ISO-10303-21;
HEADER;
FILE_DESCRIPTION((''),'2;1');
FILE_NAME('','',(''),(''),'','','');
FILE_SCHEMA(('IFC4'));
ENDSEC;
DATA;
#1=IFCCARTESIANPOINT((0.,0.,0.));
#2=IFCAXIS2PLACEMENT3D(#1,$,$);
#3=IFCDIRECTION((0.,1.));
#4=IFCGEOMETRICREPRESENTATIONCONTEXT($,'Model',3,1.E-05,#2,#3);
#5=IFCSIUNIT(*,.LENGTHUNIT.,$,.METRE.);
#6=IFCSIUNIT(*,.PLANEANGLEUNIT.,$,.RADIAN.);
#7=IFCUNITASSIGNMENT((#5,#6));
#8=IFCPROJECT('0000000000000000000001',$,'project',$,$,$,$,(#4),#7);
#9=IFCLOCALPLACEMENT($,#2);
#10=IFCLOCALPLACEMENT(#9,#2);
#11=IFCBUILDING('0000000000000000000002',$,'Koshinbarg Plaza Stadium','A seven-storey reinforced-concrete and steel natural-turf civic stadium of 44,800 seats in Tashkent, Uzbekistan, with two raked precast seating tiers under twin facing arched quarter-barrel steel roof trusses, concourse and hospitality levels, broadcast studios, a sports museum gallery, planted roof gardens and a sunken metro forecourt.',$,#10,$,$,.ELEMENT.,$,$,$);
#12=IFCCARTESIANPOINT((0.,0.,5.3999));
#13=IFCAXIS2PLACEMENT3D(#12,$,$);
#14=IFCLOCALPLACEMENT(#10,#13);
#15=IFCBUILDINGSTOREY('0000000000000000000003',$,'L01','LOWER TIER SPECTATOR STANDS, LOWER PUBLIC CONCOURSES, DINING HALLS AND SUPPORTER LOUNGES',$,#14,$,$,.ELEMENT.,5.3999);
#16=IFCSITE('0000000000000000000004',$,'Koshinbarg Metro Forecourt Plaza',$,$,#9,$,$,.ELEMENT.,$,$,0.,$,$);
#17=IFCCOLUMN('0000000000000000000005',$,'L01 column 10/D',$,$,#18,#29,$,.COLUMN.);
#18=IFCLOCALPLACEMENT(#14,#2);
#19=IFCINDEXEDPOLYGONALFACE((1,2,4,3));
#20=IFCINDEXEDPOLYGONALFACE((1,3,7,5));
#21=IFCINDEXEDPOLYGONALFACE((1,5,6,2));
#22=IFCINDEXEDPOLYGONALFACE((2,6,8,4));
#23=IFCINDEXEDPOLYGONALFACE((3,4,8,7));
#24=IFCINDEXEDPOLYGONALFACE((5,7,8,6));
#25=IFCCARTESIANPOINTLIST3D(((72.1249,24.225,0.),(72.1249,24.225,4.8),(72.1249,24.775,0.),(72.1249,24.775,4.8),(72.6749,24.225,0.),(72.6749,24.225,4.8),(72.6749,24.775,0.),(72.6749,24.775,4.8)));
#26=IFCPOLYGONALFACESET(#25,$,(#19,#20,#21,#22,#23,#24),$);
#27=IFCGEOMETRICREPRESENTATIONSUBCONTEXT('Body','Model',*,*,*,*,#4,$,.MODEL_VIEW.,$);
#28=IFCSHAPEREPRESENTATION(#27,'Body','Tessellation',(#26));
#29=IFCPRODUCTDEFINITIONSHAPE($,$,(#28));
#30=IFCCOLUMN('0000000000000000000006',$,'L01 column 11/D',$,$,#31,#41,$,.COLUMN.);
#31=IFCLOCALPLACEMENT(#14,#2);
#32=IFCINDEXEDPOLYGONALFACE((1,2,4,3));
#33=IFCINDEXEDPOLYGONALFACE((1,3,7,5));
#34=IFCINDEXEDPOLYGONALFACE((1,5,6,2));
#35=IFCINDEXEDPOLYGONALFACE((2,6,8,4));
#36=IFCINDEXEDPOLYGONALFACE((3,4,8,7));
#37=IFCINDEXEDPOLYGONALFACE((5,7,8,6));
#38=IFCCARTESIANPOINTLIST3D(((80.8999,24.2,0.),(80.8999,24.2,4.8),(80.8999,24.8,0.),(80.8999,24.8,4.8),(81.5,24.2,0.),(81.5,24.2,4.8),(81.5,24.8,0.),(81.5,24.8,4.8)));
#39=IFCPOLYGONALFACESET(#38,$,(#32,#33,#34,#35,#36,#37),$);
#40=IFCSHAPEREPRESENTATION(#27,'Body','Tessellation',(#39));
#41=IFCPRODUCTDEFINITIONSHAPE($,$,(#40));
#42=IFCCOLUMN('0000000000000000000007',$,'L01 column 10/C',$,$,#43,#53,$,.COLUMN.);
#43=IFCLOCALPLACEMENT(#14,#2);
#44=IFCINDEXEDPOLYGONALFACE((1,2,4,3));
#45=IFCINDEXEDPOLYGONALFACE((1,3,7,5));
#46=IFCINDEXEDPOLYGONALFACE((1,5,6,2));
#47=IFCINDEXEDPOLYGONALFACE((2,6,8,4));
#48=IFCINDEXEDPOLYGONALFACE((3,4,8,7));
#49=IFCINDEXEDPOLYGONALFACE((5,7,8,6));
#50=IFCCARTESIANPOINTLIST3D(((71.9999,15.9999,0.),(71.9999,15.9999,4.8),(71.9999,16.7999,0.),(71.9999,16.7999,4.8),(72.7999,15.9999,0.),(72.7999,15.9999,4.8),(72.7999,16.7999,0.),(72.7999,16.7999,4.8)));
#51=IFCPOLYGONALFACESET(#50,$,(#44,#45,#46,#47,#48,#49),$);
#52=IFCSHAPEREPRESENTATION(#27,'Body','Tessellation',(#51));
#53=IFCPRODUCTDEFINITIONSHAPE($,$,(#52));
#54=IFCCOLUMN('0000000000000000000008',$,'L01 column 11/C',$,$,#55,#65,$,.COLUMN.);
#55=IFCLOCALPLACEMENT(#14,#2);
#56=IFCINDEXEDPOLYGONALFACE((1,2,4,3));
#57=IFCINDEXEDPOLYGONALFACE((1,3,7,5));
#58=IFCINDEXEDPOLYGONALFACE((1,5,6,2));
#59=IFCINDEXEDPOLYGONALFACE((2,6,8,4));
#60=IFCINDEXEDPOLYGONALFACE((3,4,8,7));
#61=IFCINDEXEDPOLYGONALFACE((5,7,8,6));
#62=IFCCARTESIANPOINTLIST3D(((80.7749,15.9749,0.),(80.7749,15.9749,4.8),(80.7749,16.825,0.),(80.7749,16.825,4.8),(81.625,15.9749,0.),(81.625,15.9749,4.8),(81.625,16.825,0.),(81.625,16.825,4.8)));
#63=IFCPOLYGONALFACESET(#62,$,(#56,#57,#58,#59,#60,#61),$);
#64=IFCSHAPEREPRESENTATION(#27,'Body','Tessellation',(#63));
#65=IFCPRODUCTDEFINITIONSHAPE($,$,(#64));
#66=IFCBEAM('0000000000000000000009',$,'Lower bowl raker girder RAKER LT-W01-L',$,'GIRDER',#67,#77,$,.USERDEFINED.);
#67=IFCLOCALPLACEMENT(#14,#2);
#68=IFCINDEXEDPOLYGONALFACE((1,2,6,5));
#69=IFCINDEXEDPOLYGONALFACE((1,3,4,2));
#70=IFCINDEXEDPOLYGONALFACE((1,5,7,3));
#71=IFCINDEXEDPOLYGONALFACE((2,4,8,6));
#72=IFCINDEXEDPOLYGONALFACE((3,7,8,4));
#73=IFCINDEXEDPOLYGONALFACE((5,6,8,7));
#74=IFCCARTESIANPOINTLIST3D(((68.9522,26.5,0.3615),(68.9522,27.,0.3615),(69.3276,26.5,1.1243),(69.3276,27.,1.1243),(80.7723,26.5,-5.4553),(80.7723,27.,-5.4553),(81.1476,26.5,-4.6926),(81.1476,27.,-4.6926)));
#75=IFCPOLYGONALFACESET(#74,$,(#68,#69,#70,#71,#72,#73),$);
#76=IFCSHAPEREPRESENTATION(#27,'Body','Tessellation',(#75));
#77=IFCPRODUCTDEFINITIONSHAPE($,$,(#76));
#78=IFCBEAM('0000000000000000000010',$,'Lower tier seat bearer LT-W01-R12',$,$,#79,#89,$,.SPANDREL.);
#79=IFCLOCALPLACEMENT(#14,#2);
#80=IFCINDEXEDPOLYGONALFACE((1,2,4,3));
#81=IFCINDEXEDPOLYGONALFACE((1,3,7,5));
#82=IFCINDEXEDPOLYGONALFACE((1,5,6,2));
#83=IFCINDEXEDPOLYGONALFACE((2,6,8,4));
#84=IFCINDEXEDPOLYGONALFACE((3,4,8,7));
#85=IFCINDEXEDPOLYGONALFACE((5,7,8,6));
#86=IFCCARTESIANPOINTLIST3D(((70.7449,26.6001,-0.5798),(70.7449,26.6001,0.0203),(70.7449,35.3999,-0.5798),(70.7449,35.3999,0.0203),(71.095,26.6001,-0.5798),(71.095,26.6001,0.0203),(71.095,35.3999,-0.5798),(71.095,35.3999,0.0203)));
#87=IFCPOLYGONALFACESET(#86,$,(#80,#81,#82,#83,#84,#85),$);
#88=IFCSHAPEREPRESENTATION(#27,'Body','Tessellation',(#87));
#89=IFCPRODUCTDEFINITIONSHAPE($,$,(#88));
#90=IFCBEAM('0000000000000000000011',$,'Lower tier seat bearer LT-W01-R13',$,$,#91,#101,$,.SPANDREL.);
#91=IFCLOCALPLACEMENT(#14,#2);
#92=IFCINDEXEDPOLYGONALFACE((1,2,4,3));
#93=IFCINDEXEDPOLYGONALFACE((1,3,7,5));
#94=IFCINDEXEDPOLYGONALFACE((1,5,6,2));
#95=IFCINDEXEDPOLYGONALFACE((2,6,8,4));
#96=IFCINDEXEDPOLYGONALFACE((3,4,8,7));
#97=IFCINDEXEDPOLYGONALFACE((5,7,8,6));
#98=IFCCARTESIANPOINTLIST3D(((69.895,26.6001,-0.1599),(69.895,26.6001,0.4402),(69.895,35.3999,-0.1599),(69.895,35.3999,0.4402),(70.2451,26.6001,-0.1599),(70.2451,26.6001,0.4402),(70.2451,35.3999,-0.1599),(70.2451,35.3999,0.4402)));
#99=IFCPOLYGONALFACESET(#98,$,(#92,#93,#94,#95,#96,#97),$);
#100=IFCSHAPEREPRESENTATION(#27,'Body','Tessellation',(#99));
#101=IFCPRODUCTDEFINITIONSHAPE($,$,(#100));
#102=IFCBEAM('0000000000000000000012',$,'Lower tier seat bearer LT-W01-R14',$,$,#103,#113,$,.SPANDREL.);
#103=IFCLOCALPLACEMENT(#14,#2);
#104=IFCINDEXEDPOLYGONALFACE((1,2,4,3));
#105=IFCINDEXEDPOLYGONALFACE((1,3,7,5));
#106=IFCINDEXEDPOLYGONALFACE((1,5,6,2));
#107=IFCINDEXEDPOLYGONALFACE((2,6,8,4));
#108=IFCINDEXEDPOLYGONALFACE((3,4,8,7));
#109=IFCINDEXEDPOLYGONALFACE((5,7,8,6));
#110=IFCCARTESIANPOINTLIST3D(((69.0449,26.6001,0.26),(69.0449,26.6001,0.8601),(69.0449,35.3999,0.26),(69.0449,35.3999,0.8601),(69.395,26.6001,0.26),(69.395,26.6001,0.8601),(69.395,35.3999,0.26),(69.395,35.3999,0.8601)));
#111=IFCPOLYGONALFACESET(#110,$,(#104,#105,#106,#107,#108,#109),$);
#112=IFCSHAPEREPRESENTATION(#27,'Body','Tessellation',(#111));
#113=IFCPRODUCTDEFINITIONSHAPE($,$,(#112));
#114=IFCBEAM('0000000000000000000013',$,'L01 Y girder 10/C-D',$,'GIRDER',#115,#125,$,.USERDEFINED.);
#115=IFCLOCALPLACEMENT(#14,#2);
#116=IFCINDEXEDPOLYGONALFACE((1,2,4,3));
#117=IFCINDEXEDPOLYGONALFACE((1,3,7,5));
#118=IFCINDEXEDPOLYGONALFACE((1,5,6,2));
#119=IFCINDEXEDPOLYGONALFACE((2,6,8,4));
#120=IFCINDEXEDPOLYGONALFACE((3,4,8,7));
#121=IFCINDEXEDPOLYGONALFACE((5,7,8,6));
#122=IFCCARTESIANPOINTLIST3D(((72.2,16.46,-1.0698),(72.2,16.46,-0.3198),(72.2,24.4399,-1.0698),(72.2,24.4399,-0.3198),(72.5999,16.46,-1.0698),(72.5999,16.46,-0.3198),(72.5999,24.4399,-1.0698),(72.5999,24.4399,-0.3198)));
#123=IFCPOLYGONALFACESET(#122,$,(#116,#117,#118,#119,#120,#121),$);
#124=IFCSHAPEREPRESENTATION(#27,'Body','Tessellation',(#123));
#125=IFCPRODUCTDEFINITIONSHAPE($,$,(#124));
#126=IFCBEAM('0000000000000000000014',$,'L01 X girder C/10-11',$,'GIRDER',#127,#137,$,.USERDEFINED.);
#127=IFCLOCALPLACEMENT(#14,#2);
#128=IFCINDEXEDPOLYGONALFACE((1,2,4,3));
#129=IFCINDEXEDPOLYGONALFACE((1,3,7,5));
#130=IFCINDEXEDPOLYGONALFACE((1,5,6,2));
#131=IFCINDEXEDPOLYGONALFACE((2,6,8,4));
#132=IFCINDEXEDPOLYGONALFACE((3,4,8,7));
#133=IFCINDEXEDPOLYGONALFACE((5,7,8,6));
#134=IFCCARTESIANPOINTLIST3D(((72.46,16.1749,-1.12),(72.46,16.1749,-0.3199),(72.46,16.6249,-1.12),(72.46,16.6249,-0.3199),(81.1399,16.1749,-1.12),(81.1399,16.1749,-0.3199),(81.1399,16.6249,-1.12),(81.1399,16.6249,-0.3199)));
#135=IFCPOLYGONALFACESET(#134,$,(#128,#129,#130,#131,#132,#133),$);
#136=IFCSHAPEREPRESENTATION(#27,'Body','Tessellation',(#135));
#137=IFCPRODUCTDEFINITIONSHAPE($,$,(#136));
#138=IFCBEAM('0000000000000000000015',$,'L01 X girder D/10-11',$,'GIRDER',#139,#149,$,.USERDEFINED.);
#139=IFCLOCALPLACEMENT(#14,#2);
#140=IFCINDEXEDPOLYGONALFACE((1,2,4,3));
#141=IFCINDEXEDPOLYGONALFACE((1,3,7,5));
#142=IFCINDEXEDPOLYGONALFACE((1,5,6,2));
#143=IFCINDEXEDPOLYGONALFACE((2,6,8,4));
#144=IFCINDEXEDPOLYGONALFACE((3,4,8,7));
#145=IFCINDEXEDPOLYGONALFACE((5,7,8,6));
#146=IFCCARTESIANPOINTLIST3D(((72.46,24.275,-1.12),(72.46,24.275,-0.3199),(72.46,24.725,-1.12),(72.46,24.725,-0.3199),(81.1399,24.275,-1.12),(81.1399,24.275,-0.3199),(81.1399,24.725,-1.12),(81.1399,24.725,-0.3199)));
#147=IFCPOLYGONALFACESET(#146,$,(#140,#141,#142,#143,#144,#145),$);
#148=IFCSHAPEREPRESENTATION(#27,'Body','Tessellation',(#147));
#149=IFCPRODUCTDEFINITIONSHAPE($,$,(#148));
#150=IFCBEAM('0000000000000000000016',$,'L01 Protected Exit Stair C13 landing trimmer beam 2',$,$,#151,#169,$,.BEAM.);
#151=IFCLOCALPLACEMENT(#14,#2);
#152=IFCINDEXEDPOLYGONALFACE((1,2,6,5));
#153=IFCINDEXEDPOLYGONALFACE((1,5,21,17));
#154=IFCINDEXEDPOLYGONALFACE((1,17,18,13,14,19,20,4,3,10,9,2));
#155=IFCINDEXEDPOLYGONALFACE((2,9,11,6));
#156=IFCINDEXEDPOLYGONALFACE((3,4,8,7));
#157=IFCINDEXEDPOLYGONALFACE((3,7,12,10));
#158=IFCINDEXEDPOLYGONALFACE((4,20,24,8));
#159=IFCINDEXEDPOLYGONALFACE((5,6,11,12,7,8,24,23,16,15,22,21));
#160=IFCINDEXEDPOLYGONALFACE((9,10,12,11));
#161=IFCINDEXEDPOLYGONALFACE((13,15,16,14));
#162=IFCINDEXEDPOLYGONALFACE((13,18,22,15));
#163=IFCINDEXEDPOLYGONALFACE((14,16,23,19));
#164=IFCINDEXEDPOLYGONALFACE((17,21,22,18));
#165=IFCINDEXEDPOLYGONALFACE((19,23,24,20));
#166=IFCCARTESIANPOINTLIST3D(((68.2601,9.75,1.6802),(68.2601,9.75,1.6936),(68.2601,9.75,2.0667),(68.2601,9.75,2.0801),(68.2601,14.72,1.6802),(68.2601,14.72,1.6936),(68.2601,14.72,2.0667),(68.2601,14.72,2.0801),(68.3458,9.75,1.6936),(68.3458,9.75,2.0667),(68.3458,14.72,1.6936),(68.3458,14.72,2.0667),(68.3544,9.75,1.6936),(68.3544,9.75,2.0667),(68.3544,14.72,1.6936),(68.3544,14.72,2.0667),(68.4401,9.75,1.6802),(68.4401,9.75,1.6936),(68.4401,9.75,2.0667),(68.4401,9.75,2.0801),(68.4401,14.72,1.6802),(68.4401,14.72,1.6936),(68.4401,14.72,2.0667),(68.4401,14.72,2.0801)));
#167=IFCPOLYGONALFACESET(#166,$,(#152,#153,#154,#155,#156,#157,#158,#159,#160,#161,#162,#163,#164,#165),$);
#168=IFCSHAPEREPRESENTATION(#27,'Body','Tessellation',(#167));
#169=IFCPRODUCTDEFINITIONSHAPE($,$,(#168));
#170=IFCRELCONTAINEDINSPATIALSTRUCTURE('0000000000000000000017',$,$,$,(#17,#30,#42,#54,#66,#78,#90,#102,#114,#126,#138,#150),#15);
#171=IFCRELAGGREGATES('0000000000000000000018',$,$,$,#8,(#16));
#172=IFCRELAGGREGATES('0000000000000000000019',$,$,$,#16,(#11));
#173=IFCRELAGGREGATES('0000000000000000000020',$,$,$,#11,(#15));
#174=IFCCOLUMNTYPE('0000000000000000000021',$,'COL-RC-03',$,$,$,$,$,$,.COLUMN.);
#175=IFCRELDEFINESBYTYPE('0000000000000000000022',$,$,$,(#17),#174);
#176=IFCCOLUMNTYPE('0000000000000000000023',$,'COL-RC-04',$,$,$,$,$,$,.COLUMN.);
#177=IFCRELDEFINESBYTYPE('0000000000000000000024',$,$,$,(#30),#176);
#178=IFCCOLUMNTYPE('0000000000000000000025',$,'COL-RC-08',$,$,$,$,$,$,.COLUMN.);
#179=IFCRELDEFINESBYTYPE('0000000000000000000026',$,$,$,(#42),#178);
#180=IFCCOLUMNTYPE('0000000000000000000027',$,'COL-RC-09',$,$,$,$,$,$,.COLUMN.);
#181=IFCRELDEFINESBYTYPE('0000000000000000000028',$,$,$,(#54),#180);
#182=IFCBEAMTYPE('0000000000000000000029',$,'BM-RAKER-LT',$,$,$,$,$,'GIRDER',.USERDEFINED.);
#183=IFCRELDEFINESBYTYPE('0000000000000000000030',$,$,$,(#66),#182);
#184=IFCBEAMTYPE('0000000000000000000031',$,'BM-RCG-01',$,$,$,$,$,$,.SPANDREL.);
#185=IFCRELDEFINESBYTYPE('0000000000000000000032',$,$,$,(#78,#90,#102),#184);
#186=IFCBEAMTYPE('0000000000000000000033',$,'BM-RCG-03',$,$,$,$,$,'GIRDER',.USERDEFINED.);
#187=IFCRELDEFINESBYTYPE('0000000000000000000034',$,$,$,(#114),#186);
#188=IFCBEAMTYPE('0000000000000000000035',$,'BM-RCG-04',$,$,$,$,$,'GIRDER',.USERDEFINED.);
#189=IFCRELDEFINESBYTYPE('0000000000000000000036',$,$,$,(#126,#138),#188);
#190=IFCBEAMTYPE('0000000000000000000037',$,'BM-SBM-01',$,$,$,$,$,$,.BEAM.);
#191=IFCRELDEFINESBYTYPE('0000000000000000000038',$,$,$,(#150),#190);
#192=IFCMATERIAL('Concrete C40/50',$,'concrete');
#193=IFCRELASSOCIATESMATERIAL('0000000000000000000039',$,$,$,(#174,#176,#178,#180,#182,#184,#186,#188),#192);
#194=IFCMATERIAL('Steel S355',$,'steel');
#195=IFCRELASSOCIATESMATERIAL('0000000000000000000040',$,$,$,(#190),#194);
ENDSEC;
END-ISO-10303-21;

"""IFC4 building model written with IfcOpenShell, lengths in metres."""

from ifc_helpers import new_model, si_unit, direction, frame, origin, origin_2d, place, context, subcontext, project, spatial, rectangle, i_section, extrude, material, material_profile, profile_set, type_object, element, save


model = new_model("IFC4")

# Units and contexts
model_context = context("Model", 3, precision=1e-05, world=origin(), true_north=direction((0.0, 1.0)))
body_context = subcontext(model_context, "Body", "Model", "MODEL_VIEW")
ifc_project = project(units=[si_unit("LENGTHUNIT", "METRE"), si_unit("PLANEANGLEUNIT", "RADIAN")], contexts=[model_context])

# Site, building, storey
site_placement = place(None, origin())
site = spatial("IfcSite", under=ifc_project, at=site_placement, Name="Koshinbarg Metro Forecourt Plaza", CompositionType="ELEMENT", RefElevation=0.0)
building_placement = place(site_placement, origin())
building = spatial("IfcBuilding", under=site, at=building_placement, Name="Koshinbarg Plaza Stadium", Description="A seven-storey reinforced-concrete and steel natural-turf civic stadium of 44,800 seats in Tashkent, Uzbekistan, with two raked precast seating tiers under twin facing arched quarter-barrel steel roof trusses, concourse and hospitality levels, broadcast studios, a sports museum gallery, planted roof gardens and a sunken metro forecourt.", CompositionType="ELEMENT")
storey_placement = place(building_placement, frame((0.0, 0.0, 5.3999)))
storey = spatial("IfcBuildingStorey", under=building, at=storey_placement, Name="L01", Description="LOWER TIER SPECTATOR STANDS, LOWER PUBLIC CONCOURSES, DINING HALLS AND SUPPORTER LOUNGES", CompositionType="ELEMENT", Elevation=5.3999)

# Columns
ifc_material_1 = material(Name="Concrete C40/50", Category="concrete")
ifc_material_profile_1 = material_profile(ifc_material_1, rectangle(XDim=0.55, YDim=0.55, at=origin_2d()), Name="RC 550x550")
ifc_profile_set_1 = profile_set([ifc_material_profile_1], Name="Concrete C40/50")
column_type_1 = type_object("IfcColumnType", Name="COL-RC-03", PredefinedType="COLUMN", material=ifc_profile_set_1)
column_1_placement = place(storey_placement, frame((72.3999, 24.5, 0.0), z_axis=(0.0, 0.0, 1.0), x_axis=(1.0, 0.0, 0.0)))
element("IfcColumn", 1, at=column_1_placement, inside=storey, type_object=column_type_1, Name="L01 column 10/D", PredefinedType="COLUMN", context=body_context, shape_type="SweptSolid", body=[
    extrude(rectangle(XDim=0.55, YDim=0.55, at=origin_2d()), origin(), (0.0, 0.0, 1.0), 4.8),
])
ifc_material_profile_2 = material_profile(ifc_material_1, rectangle(XDim=0.6001, YDim=0.6001, at=origin_2d()), Name="RC 600x600")
ifc_profile_set_2 = profile_set([ifc_material_profile_2], Name="Concrete C40/50")
column_type_2 = type_object("IfcColumnType", Name="COL-RC-04", PredefinedType="COLUMN", material=ifc_profile_set_2)
column_2_placement = place(storey_placement, frame((81.2, 24.5, 0.0), z_axis=(0.0, 0.0, 1.0), x_axis=(1.0, 0.0, 0.0)))
element("IfcColumn", 2, at=column_2_placement, inside=storey, type_object=column_type_2, Name="L01 column 11/D", PredefinedType="COLUMN", context=body_context, shape_type="SweptSolid", body=[
    extrude(rectangle(XDim=0.6001, YDim=0.6001, at=origin_2d()), origin(), (0.0, 0.0, 1.0), 4.8),
])
ifc_material_profile_3 = material_profile(ifc_material_1, rectangle(XDim=0.8, YDim=0.8, at=origin_2d()), Name="RC 800x800")
ifc_profile_set_3 = profile_set([ifc_material_profile_3], Name="Concrete C40/50")
column_type_3 = type_object("IfcColumnType", Name="COL-RC-08", PredefinedType="COLUMN", material=ifc_profile_set_3)
column_3_placement = place(storey_placement, frame((72.3999, 16.3999, 0.0), z_axis=(0.0, 0.0, 1.0), x_axis=(1.0, 0.0, 0.0)))
element("IfcColumn", 3, at=column_3_placement, inside=storey, type_object=column_type_3, Name="L01 column 10/C", PredefinedType="COLUMN", context=body_context, shape_type="SweptSolid", body=[
    extrude(rectangle(XDim=0.8, YDim=0.8, at=origin_2d()), origin(), (0.0, 0.0, 1.0), 4.8),
])
ifc_material_profile_4 = material_profile(ifc_material_1, rectangle(XDim=0.8501, YDim=0.8501, at=origin_2d()), Name="RC 850x850")
ifc_profile_set_4 = profile_set([ifc_material_profile_4], Name="Concrete C40/50")
column_type_4 = type_object("IfcColumnType", Name="COL-RC-09", PredefinedType="COLUMN", material=ifc_profile_set_4)
column_4_placement = place(storey_placement, frame((81.2, 16.3999, 0.0), z_axis=(0.0, 0.0, 1.0), x_axis=(1.0, 0.0, 0.0)))
element("IfcColumn", 4, at=column_4_placement, inside=storey, type_object=column_type_4, Name="L01 column 11/C", PredefinedType="COLUMN", context=body_context, shape_type="SweptSolid", body=[
    extrude(rectangle(XDim=0.8501, YDim=0.8501, at=origin_2d()), origin(), (0.0, 0.0, 1.0), 4.8),
])

# Beams
ifc_material_profile_5 = material_profile(ifc_material_1, rectangle(XDim=0.5, YDim=0.8501, at=origin_2d()), Name="RC 500x850")
ifc_profile_set_5 = profile_set([ifc_material_profile_5], Name="Concrete C40/50")
beam_type_1 = type_object("IfcBeamType", Name="BM-RAKER-LT", ElementType="GIRDER", PredefinedType="USERDEFINED", material=ifc_profile_set_5)
beam_1_placement = place(storey_placement, frame((80.96, 26.75, -5.074), z_axis=(-0.897237, 0.0, 0.441549), x_axis=(0.0, -1.0, 0.0)))
element("IfcBeam", 5, at=beam_1_placement, inside=storey, type_object=beam_type_1, Name="Lower bowl raker girder RAKER LT-W01-L", ObjectType="GIRDER", PredefinedType="USERDEFINED", context=body_context, shape_type="SweptSolid", body=[
    extrude(rectangle(XDim=0.5, YDim=0.8501, at=origin_2d()), origin(), (0.0, 0.0, 1.0), 13.1738),
])
ifc_material_profile_6 = material_profile(ifc_material_1, rectangle(XDim=0.3501, YDim=0.6001, at=origin_2d()), Name="RC 350x600")
ifc_profile_set_6 = profile_set([ifc_material_profile_6], Name="Concrete C40/50")
beam_type_2 = type_object("IfcBeamType", Name="BM-RCG-01", PredefinedType="SPANDREL", material=ifc_profile_set_6)
for number, where, z_axis, x_axis, name in (
    (6, (70.9199, 26.6001, -0.2798), (0.0, 1.0, 0.0), (-1.0, 0.0, 0.0), "Lower tier seat bearer LT-W01-R12"),
    (7, (70.0701, 26.6001, 0.1401), (0.0, 1.0, 0.0), (-1.0, 0.0, 0.0), "Lower tier seat bearer LT-W01-R13"),
    (8, (69.22, 26.6001, 0.5601), (0.0, 1.0, 0.0), (-1.0, 0.0, 0.0), "Lower tier seat bearer LT-W01-R14"),
):
    element("IfcBeam", number, at=place(storey_placement, frame(where, z_axis=z_axis, x_axis=x_axis)), inside=storey, type_object=beam_type_2, Name=name, PredefinedType="SPANDREL", context=body_context, shape_type="SweptSolid", body=[
        extrude(rectangle(XDim=0.3501, YDim=0.6001, at=origin_2d()), origin(), (0.0, 0.0, 1.0), 8.7998),
    ])
ifc_material_profile_7 = material_profile(ifc_material_1, rectangle(XDim=0.3999, YDim=0.75, at=origin_2d()), Name="RC 400x750")
ifc_profile_set_7 = profile_set([ifc_material_profile_7], Name="Concrete C40/50")
beam_type_3 = type_object("IfcBeamType", Name="BM-RCG-03", ElementType="GIRDER", PredefinedType="USERDEFINED", material=ifc_profile_set_7)
beam_2_placement = place(storey_placement, frame((72.3999, 16.46, -0.6948), z_axis=(0.0, 1.0, 0.0), x_axis=(-1.0, 0.0, 0.0)))
element("IfcBeam", 9, at=beam_2_placement, inside=storey, type_object=beam_type_3, Name="L01 Y girder 10/C-D", ObjectType="GIRDER", PredefinedType="USERDEFINED", context=body_context, shape_type="SweptSolid", body=[
    extrude(rectangle(XDim=0.3999, YDim=0.75, at=origin_2d()), origin(), (0.0, 0.0, 1.0), 7.98),
])
ifc_material_profile_8 = material_profile(ifc_material_1, rectangle(XDim=0.45, YDim=0.8, at=origin_2d()), Name="RC 450x800")
ifc_profile_set_8 = profile_set([ifc_material_profile_8], Name="Concrete C40/50")
beam_type_4 = type_object("IfcBeamType", Name="BM-RCG-04", ElementType="GIRDER", PredefinedType="USERDEFINED", material=ifc_profile_set_8)
for number, where, z_axis, x_axis, name in (
    (10, (72.46, 16.3999, -0.72), (1.0, 0.0, 0.0), (0.0, 1.0, 0.0), "L01 X girder C/10-11"),
    (11, (72.46, 24.5, -0.72), (1.0, 0.0, 0.0), (0.0, 1.0, 0.0), "L01 X girder D/10-11"),
):
    element("IfcBeam", number, at=place(storey_placement, frame(where, z_axis=z_axis, x_axis=x_axis)), inside=storey, type_object=beam_type_4, Name=name, ObjectType="GIRDER", PredefinedType="USERDEFINED", context=body_context, shape_type="SweptSolid", body=[
        extrude(rectangle(XDim=0.45, YDim=0.8, at=origin_2d()), origin(), (0.0, 0.0, 1.0), 8.6799),
    ])
ifc_material_2 = material(Name="Steel S355", Category="steel")
ifc_material_profile_9 = material_profile(ifc_material_2, i_section(OverallWidth=0.1799, OverallDepth=0.3999, WebThickness=0.0085, FlangeThickness=0.0134, at=origin_2d()), Name="IPE 400")
ifc_profile_set_9 = profile_set([ifc_material_profile_9], Name="Steel S355")
beam_type_5 = type_object("IfcBeamType", Name="BM-SBM-01", PredefinedType="BEAM", material=ifc_profile_set_9)
beam_3_placement = place(storey_placement, frame((68.3501, 9.75, 1.8801), z_axis=(0.0, 1.0, 0.0), x_axis=(-1.0, 0.0, 0.0)))
element("IfcBeam", 12, at=beam_3_placement, inside=storey, type_object=beam_type_5, Name="L01 Protected Exit Stair C13 landing trimmer beam 2", PredefinedType="BEAM", context=body_context, shape_type="SweptSolid", body=[
    extrude(i_section(OverallWidth=0.1799, OverallDepth=0.3999, WebThickness=0.0085, FlangeThickness=0.0134, at=origin_2d()), origin(), (0.0, 0.0, 1.0), 4.97),
])

save(model, "model.ifc")
